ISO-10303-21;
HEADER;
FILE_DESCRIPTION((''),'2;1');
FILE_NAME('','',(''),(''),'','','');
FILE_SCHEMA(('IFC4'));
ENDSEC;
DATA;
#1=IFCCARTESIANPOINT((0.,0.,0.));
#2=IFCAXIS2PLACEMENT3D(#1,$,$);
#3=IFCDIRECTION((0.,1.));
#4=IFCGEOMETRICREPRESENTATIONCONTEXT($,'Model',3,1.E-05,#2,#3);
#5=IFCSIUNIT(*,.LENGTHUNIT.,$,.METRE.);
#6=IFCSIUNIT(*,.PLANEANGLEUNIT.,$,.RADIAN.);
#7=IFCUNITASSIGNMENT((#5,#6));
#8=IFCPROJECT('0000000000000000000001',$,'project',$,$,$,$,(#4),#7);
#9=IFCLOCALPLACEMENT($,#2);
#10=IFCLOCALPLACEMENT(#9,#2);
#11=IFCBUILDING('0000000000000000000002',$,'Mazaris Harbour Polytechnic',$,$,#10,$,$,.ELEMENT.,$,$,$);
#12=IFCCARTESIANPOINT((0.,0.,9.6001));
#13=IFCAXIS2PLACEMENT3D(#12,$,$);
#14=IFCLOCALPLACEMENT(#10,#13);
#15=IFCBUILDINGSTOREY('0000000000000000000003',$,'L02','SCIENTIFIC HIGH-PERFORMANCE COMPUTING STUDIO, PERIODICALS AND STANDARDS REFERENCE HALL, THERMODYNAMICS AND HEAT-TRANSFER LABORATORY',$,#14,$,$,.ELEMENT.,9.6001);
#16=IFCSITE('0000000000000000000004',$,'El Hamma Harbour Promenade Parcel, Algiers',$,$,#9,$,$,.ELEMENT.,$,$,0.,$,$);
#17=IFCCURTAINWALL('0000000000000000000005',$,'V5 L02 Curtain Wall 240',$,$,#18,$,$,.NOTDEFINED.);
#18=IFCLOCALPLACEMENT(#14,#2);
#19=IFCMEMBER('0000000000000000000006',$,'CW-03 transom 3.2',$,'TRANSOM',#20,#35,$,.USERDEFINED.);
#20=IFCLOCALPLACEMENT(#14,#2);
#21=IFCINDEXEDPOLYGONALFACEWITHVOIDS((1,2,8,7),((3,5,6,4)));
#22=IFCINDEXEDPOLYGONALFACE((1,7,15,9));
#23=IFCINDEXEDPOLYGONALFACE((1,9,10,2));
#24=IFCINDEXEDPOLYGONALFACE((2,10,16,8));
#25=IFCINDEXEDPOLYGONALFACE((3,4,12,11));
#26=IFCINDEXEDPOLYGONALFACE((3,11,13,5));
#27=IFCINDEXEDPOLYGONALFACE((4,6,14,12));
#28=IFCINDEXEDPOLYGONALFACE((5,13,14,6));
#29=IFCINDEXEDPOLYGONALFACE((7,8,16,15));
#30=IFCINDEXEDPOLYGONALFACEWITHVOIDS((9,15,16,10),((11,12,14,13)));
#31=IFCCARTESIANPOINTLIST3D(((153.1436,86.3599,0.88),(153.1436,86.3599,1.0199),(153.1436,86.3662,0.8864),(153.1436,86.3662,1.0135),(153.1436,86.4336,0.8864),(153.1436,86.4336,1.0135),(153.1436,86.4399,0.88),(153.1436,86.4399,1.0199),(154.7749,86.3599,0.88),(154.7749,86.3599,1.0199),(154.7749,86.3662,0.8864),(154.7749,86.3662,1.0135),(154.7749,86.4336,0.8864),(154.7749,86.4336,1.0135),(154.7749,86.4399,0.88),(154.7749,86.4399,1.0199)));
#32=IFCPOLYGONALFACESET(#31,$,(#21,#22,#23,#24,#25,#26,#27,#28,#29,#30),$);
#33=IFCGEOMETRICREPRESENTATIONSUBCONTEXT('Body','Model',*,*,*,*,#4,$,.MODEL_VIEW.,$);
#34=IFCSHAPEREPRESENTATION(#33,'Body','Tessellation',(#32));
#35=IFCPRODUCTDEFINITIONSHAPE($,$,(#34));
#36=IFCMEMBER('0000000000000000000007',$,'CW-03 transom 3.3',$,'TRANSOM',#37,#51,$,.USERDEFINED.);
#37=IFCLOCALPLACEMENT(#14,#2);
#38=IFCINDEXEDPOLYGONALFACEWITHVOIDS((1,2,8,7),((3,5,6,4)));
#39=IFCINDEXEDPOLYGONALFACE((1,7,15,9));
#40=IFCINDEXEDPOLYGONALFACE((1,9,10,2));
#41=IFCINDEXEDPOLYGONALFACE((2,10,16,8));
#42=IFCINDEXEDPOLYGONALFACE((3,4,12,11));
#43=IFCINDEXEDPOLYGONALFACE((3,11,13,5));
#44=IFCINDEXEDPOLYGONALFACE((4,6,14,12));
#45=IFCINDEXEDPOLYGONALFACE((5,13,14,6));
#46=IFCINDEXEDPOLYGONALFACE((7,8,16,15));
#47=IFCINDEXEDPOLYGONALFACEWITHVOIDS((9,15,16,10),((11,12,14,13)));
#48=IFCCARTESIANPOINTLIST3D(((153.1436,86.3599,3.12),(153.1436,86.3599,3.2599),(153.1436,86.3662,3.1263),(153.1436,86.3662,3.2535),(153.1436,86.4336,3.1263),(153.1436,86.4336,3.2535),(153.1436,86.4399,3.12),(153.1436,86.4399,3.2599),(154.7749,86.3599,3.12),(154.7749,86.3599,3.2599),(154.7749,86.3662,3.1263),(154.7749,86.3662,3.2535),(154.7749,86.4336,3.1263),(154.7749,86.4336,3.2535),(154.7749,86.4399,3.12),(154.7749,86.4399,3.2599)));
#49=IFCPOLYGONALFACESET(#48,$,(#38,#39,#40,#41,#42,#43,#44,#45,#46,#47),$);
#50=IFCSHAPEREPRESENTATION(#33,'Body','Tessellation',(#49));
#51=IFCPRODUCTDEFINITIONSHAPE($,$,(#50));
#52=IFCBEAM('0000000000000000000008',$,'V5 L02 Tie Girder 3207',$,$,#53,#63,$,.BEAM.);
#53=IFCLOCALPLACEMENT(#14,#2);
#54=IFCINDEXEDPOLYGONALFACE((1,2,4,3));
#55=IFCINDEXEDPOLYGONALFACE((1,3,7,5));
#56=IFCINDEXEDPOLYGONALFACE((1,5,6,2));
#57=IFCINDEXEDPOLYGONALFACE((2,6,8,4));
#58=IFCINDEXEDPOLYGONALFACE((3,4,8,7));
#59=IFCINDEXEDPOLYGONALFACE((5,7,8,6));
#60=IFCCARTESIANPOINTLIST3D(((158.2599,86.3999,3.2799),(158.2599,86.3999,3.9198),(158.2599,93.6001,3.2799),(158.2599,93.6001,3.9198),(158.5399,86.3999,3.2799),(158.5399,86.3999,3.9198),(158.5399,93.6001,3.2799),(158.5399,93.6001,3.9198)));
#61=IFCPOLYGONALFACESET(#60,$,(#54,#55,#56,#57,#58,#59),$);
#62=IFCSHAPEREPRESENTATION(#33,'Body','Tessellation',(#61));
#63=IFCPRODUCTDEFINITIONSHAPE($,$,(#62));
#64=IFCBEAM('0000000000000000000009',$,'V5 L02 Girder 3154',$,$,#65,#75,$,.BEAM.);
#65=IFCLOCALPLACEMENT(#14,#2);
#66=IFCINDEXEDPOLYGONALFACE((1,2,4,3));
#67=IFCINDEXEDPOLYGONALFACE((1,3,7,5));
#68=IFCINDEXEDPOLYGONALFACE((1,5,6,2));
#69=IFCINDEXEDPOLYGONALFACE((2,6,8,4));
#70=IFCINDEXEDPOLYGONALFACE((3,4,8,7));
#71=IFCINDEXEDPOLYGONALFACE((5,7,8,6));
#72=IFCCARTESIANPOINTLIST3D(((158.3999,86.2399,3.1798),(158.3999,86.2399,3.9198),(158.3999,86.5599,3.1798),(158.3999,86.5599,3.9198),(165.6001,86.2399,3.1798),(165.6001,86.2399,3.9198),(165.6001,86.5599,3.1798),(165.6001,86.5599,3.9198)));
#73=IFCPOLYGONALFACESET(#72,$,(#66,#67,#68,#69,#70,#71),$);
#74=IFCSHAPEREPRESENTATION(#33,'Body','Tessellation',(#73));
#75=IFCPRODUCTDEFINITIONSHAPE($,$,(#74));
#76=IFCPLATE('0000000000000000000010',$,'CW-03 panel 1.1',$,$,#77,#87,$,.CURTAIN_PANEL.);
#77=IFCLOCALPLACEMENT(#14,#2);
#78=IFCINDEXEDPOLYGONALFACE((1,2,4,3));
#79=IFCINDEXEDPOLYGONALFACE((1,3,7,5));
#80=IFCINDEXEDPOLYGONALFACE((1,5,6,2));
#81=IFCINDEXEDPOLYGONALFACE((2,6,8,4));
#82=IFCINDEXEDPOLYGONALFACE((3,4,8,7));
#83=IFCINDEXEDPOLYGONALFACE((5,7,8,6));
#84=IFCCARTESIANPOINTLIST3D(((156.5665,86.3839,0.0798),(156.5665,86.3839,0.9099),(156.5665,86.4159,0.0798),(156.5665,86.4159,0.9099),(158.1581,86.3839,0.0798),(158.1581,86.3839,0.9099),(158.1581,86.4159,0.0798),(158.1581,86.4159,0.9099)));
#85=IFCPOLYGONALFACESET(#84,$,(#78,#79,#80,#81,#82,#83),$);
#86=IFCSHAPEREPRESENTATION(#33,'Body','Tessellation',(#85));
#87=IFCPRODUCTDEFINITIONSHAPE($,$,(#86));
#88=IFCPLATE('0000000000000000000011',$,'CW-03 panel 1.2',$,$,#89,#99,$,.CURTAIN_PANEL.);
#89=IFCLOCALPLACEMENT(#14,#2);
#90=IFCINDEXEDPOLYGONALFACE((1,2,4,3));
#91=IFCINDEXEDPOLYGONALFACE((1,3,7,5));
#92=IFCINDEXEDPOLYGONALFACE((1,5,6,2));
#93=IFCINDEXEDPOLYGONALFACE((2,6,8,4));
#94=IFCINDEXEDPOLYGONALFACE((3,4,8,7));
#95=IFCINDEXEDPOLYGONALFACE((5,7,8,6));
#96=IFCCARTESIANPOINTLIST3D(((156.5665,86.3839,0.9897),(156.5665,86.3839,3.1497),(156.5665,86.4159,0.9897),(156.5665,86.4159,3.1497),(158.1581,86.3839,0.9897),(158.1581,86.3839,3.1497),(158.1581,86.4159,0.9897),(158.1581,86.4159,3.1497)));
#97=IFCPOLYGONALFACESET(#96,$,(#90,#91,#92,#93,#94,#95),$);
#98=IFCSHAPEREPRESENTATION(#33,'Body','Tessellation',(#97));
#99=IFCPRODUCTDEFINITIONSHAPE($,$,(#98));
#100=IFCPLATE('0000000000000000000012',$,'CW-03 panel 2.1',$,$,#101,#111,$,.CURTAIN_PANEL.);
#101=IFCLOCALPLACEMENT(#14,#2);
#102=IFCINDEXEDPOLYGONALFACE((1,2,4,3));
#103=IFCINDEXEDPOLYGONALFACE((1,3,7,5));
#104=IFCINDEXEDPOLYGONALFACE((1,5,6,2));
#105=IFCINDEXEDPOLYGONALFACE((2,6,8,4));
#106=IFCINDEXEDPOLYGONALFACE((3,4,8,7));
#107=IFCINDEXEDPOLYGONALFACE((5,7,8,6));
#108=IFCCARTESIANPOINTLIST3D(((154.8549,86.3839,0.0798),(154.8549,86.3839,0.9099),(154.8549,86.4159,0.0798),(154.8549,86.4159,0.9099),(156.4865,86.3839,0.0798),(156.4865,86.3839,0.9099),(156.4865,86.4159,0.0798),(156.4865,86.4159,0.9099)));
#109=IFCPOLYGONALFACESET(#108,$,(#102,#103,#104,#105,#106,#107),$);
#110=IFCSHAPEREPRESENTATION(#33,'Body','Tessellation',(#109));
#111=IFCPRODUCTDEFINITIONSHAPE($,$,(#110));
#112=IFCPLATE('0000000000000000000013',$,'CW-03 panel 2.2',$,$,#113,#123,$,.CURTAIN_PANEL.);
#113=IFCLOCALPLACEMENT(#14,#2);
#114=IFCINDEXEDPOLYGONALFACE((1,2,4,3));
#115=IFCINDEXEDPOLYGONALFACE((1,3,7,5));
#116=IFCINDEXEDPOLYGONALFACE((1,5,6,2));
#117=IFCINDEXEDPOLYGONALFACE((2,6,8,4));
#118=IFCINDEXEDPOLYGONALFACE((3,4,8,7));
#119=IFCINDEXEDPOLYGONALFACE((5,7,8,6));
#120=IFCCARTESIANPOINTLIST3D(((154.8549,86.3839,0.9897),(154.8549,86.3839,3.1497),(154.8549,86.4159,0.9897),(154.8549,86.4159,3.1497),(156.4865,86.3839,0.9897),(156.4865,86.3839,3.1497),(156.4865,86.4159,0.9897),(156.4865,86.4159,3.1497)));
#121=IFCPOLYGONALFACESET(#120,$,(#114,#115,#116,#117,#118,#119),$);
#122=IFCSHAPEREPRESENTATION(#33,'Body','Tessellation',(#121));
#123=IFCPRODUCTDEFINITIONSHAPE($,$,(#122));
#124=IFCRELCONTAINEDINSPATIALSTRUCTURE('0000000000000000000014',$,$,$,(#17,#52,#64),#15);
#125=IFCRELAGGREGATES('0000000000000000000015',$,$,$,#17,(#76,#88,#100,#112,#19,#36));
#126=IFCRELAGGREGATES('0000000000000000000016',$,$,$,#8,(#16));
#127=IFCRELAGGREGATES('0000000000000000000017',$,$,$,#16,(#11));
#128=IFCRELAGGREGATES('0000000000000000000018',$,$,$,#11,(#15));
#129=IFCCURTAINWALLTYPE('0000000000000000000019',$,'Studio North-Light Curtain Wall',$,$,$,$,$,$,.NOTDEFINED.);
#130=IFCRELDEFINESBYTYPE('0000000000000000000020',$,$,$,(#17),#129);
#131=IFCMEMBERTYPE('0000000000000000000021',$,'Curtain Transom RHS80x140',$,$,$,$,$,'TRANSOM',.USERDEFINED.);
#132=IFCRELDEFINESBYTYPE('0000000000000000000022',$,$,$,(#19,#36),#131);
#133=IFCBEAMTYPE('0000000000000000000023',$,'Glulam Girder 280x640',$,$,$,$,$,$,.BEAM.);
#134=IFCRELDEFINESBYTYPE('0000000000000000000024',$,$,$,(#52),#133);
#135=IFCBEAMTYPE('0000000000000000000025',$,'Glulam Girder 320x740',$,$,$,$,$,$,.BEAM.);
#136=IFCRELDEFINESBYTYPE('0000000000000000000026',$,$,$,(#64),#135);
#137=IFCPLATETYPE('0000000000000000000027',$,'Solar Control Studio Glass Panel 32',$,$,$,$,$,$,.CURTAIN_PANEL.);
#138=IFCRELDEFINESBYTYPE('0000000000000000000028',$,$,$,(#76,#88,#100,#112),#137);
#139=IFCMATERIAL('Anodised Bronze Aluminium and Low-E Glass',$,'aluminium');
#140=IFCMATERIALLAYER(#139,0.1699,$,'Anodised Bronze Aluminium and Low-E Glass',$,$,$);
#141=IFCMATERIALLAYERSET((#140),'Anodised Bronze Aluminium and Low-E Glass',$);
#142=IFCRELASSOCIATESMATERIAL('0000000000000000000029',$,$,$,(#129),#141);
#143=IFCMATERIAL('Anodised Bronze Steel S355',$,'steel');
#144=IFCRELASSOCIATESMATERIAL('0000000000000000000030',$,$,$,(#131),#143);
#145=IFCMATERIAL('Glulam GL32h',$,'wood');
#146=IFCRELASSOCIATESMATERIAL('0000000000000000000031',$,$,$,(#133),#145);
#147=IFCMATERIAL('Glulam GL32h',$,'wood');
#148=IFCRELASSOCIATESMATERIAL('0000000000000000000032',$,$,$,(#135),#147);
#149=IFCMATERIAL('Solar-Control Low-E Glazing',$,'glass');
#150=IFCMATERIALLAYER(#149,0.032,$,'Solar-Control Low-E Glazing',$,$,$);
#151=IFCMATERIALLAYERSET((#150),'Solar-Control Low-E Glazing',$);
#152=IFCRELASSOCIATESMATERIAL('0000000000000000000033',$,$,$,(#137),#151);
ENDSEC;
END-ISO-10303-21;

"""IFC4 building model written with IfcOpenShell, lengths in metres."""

from ifc_helpers import new_model, si_unit, direction, frame, origin, origin_2d, place, context, subcontext, project, spatial, rectangle, hollow_rectangle, extrude, material, layer, layer_set, material_profile, profile_set, type_object, element, aggregate, save


model = new_model("IFC4")

# Units and contexts
model_context = context("Model", 3, precision=1e-05, world=origin(), true_north=direction((0.0, 1.0)))
body_context = subcontext(model_context, "Body", "Model", "MODEL_VIEW")
ifc_project = project(units=[si_unit("LENGTHUNIT", "METRE"), si_unit("PLANEANGLEUNIT", "RADIAN")], contexts=[model_context])

# Site, building, storey
site_placement = place(None, origin())
site = spatial("IfcSite", under=ifc_project, at=site_placement, Name="El Hamma Harbour Promenade Parcel, Algiers", CompositionType="ELEMENT", RefElevation=0.0)
building_placement = place(site_placement, origin())
building = spatial("IfcBuilding", under=site, at=building_placement, Name="Mazaris Harbour Polytechnic", CompositionType="ELEMENT")
storey_placement = place(building_placement, frame((0.0, 0.0, 9.6001)))
storey = spatial("IfcBuildingStorey", under=building, at=storey_placement, Name="L02", Description="SCIENTIFIC HIGH-PERFORMANCE COMPUTING STUDIO, PERIODICALS AND STANDARDS REFERENCE HALL, THERMODYNAMICS AND HEAT-TRANSFER LABORATORY", CompositionType="ELEMENT", Elevation=9.6001)

# Curtain wall, members
ifc_material_1 = material(Name="Anodised Bronze Aluminium and Low-E Glass", Category="aluminium")
ifc_layer_1 = layer(ifc_material_1, 0.1699, Name="Anodised Bronze Aluminium and Low-E Glass")
ifc_layer_set_1 = layer_set([ifc_layer_1], Name="Anodised Bronze Aluminium and Low-E Glass")
curtain_wall_type = type_object("IfcCurtainWallType", Name="Studio North-Light Curtain Wall", PredefinedType="NOTDEFINED", material=ifc_layer_set_1)
curtain_wall_placement = place(storey_placement, origin())
curtain_wall = element("IfcCurtainWall", 1, at=curtain_wall_placement, inside=storey, type_object=curtain_wall_type, Name="V5 L02 Curtain Wall 240", PredefinedType="NOTDEFINED")
ifc_material_2 = material(Name="Anodised Bronze Steel S355", Category="steel")
ifc_material_profile_1 = material_profile(ifc_material_2, hollow_rectangle(XDim=0.0801, YDim=0.1399, WallThickness=0.0063, at=origin_2d()), Name="RHS 80x140x6.3")
ifc_profile_set_1 = profile_set([ifc_material_profile_1], Name="Anodised Bronze Steel S355")
member_type_1 = type_object("IfcMemberType", Name="Curtain Transom RHS80x140", ElementType="TRANSOM", PredefinedType="USERDEFINED", material=ifc_profile_set_1)
member_1_placement = place(storey_placement, frame((154.7749, 86.3999, 0.95), z_axis=(-1.0, 0.0, 0.0), x_axis=(0.0, -1.0, 0.0)))
member_1 = element("IfcMember", 2, at=member_1_placement, type_object=member_type_1, Name="CW-03 transom 3.2", ObjectType="TRANSOM", PredefinedType="USERDEFINED", context=body_context, shape_type="SweptSolid", body=[
    extrude(hollow_rectangle(XDim=0.0801, YDim=0.1399, WallThickness=0.0063, at=origin_2d()), origin(), (0.0, 0.0, 1.0), 1.6313),
])
member_2_placement = place(storey_placement, frame((154.7749, 86.3999, 3.1899), z_axis=(-1.0, 0.0, 0.0), x_axis=(0.0, -1.0, 0.0)))
member_2 = element("IfcMember", 3, at=member_2_placement, type_object=member_type_1, Name="CW-03 transom 3.3", ObjectType="TRANSOM", PredefinedType="USERDEFINED", context=body_context, shape_type="SweptSolid", body=[
    extrude(hollow_rectangle(XDim=0.0801, YDim=0.1399, WallThickness=0.0063, at=origin_2d()), origin(), (0.0, 0.0, 1.0), 1.6313),
])

# Beams
ifc_material_3 = material(Name="Glulam GL32h", Category="wood")
ifc_material_profile_2 = material_profile(ifc_material_3, rectangle(XDim=0.28, YDim=0.6399, at=origin_2d()), Name="RECT280x640")
ifc_profile_set_2 = profile_set([ifc_material_profile_2], Name="Glulam GL32h")
beam_type_1 = type_object("IfcBeamType", Name="Glulam Girder 280x640", PredefinedType="BEAM", material=ifc_profile_set_2)
beam_1_placement = place(storey_placement, frame((158.3999, 86.3999, 3.5999), z_axis=(0.0, 1.0, 0.0), x_axis=(-1.0, 0.0, 0.0)))
element("IfcBeam", 4, at=beam_1_placement, inside=storey, type_object=beam_type_1, Name="V5 L02 Tie Girder 3207", PredefinedType="BEAM", context=body_context, shape_type="SweptSolid", body=[
    extrude(rectangle(XDim=0.28, YDim=0.6399, at=origin_2d()), origin(), (0.0, 0.0, 1.0), 7.2002),
])
ifc_material_4 = material(Name="Glulam GL32h", Category="wood")
ifc_material_profile_3 = material_profile(ifc_material_4, rectangle(XDim=0.3201, YDim=0.74, at=origin_2d()), Name="RECT320x740")
ifc_profile_set_3 = profile_set([ifc_material_profile_3], Name="Glulam GL32h")
beam_type_2 = type_object("IfcBeamType", Name="Glulam Girder 320x740", PredefinedType="BEAM", material=ifc_profile_set_3)
beam_2_placement = place(storey_placement, frame((158.3999, 86.3999, 3.5498), z_axis=(1.0, 0.0, 0.0), x_axis=(0.0, 1.0, 0.0)))
element("IfcBeam", 5, at=beam_2_placement, inside=storey, type_object=beam_type_2, Name="V5 L02 Girder 3154", PredefinedType="BEAM", context=body_context, shape_type="SweptSolid", body=[
    extrude(rectangle(XDim=0.3201, YDim=0.74, at=origin_2d()), origin(), (0.0, 0.0, 1.0), 7.2002),
])

# Plates
ifc_material_5 = material(Name="Solar-Control Low-E Glazing", Category="glass")
ifc_layer_2 = layer(ifc_material_5, 0.032, Name="Solar-Control Low-E Glazing")
ifc_layer_set_2 = layer_set([ifc_layer_2], Name="Solar-Control Low-E Glazing")
plate_type = type_object("IfcPlateType", Name="Solar Control Studio Glass Panel 32", PredefinedType="CURTAIN_PANEL", material=ifc_layer_set_2)
plate_1_placement = place(storey_placement, frame((157.3623, 86.3999, 0.0798), z_axis=(0.0, 0.0, 1.0), x_axis=(-1.0, 0.0, 0.0)))
plate_1 = element("IfcPlate", 6, at=plate_1_placement, type_object=plate_type, Name="CW-03 panel 1.1", PredefinedType="CURTAIN_PANEL", context=body_context, shape_type="SweptSolid", body=[
    extrude(rectangle(XDim=1.5916, YDim=0.032, at=origin_2d()), origin(), (0.0, 0.0, 1.0), 0.8301),
])
plate_2_placement = place(storey_placement, frame((157.3623, 86.3999, 0.9897), z_axis=(0.0, 0.0, 1.0), x_axis=(-1.0, 0.0, 0.0)))
plate_2 = element("IfcPlate", 7, at=plate_2_placement, type_object=plate_type, Name="CW-03 panel 1.2", PredefinedType="CURTAIN_PANEL", context=body_context, shape_type="SweptSolid", body=[
    extrude(rectangle(XDim=1.5916, YDim=0.032, at=origin_2d()), origin(), (0.0, 0.0, 1.0), 2.1599),
])
plate_3_placement = place(storey_placement, frame((155.6707, 86.3999, 0.0798), z_axis=(0.0, 0.0, 1.0), x_axis=(-1.0, 0.0, 0.0)))
plate_3 = element("IfcPlate", 8, at=plate_3_placement, type_object=plate_type, Name="CW-03 panel 2.1", PredefinedType="CURTAIN_PANEL", context=body_context, shape_type="SweptSolid", body=[
    extrude(rectangle(XDim=1.6316, YDim=0.032, at=origin_2d()), origin(), (0.0, 0.0, 1.0), 0.8301),
])
plate_4_placement = place(storey_placement, frame((155.6707, 86.3999, 0.9897), z_axis=(0.0, 0.0, 1.0), x_axis=(-1.0, 0.0, 0.0)))
plate_4 = element("IfcPlate", 9, at=plate_4_placement, type_object=plate_type, Name="CW-03 panel 2.2", PredefinedType="CURTAIN_PANEL", context=body_context, shape_type="SweptSolid", body=[
    extrude(rectangle(XDim=1.6316, YDim=0.032, at=origin_2d()), origin(), (0.0, 0.0, 1.0), 2.1599),
])
aggregate(curtain_wall, [plate_1, plate_2, plate_3, plate_4, member_1, member_2])

save(model, "model.ifc")
